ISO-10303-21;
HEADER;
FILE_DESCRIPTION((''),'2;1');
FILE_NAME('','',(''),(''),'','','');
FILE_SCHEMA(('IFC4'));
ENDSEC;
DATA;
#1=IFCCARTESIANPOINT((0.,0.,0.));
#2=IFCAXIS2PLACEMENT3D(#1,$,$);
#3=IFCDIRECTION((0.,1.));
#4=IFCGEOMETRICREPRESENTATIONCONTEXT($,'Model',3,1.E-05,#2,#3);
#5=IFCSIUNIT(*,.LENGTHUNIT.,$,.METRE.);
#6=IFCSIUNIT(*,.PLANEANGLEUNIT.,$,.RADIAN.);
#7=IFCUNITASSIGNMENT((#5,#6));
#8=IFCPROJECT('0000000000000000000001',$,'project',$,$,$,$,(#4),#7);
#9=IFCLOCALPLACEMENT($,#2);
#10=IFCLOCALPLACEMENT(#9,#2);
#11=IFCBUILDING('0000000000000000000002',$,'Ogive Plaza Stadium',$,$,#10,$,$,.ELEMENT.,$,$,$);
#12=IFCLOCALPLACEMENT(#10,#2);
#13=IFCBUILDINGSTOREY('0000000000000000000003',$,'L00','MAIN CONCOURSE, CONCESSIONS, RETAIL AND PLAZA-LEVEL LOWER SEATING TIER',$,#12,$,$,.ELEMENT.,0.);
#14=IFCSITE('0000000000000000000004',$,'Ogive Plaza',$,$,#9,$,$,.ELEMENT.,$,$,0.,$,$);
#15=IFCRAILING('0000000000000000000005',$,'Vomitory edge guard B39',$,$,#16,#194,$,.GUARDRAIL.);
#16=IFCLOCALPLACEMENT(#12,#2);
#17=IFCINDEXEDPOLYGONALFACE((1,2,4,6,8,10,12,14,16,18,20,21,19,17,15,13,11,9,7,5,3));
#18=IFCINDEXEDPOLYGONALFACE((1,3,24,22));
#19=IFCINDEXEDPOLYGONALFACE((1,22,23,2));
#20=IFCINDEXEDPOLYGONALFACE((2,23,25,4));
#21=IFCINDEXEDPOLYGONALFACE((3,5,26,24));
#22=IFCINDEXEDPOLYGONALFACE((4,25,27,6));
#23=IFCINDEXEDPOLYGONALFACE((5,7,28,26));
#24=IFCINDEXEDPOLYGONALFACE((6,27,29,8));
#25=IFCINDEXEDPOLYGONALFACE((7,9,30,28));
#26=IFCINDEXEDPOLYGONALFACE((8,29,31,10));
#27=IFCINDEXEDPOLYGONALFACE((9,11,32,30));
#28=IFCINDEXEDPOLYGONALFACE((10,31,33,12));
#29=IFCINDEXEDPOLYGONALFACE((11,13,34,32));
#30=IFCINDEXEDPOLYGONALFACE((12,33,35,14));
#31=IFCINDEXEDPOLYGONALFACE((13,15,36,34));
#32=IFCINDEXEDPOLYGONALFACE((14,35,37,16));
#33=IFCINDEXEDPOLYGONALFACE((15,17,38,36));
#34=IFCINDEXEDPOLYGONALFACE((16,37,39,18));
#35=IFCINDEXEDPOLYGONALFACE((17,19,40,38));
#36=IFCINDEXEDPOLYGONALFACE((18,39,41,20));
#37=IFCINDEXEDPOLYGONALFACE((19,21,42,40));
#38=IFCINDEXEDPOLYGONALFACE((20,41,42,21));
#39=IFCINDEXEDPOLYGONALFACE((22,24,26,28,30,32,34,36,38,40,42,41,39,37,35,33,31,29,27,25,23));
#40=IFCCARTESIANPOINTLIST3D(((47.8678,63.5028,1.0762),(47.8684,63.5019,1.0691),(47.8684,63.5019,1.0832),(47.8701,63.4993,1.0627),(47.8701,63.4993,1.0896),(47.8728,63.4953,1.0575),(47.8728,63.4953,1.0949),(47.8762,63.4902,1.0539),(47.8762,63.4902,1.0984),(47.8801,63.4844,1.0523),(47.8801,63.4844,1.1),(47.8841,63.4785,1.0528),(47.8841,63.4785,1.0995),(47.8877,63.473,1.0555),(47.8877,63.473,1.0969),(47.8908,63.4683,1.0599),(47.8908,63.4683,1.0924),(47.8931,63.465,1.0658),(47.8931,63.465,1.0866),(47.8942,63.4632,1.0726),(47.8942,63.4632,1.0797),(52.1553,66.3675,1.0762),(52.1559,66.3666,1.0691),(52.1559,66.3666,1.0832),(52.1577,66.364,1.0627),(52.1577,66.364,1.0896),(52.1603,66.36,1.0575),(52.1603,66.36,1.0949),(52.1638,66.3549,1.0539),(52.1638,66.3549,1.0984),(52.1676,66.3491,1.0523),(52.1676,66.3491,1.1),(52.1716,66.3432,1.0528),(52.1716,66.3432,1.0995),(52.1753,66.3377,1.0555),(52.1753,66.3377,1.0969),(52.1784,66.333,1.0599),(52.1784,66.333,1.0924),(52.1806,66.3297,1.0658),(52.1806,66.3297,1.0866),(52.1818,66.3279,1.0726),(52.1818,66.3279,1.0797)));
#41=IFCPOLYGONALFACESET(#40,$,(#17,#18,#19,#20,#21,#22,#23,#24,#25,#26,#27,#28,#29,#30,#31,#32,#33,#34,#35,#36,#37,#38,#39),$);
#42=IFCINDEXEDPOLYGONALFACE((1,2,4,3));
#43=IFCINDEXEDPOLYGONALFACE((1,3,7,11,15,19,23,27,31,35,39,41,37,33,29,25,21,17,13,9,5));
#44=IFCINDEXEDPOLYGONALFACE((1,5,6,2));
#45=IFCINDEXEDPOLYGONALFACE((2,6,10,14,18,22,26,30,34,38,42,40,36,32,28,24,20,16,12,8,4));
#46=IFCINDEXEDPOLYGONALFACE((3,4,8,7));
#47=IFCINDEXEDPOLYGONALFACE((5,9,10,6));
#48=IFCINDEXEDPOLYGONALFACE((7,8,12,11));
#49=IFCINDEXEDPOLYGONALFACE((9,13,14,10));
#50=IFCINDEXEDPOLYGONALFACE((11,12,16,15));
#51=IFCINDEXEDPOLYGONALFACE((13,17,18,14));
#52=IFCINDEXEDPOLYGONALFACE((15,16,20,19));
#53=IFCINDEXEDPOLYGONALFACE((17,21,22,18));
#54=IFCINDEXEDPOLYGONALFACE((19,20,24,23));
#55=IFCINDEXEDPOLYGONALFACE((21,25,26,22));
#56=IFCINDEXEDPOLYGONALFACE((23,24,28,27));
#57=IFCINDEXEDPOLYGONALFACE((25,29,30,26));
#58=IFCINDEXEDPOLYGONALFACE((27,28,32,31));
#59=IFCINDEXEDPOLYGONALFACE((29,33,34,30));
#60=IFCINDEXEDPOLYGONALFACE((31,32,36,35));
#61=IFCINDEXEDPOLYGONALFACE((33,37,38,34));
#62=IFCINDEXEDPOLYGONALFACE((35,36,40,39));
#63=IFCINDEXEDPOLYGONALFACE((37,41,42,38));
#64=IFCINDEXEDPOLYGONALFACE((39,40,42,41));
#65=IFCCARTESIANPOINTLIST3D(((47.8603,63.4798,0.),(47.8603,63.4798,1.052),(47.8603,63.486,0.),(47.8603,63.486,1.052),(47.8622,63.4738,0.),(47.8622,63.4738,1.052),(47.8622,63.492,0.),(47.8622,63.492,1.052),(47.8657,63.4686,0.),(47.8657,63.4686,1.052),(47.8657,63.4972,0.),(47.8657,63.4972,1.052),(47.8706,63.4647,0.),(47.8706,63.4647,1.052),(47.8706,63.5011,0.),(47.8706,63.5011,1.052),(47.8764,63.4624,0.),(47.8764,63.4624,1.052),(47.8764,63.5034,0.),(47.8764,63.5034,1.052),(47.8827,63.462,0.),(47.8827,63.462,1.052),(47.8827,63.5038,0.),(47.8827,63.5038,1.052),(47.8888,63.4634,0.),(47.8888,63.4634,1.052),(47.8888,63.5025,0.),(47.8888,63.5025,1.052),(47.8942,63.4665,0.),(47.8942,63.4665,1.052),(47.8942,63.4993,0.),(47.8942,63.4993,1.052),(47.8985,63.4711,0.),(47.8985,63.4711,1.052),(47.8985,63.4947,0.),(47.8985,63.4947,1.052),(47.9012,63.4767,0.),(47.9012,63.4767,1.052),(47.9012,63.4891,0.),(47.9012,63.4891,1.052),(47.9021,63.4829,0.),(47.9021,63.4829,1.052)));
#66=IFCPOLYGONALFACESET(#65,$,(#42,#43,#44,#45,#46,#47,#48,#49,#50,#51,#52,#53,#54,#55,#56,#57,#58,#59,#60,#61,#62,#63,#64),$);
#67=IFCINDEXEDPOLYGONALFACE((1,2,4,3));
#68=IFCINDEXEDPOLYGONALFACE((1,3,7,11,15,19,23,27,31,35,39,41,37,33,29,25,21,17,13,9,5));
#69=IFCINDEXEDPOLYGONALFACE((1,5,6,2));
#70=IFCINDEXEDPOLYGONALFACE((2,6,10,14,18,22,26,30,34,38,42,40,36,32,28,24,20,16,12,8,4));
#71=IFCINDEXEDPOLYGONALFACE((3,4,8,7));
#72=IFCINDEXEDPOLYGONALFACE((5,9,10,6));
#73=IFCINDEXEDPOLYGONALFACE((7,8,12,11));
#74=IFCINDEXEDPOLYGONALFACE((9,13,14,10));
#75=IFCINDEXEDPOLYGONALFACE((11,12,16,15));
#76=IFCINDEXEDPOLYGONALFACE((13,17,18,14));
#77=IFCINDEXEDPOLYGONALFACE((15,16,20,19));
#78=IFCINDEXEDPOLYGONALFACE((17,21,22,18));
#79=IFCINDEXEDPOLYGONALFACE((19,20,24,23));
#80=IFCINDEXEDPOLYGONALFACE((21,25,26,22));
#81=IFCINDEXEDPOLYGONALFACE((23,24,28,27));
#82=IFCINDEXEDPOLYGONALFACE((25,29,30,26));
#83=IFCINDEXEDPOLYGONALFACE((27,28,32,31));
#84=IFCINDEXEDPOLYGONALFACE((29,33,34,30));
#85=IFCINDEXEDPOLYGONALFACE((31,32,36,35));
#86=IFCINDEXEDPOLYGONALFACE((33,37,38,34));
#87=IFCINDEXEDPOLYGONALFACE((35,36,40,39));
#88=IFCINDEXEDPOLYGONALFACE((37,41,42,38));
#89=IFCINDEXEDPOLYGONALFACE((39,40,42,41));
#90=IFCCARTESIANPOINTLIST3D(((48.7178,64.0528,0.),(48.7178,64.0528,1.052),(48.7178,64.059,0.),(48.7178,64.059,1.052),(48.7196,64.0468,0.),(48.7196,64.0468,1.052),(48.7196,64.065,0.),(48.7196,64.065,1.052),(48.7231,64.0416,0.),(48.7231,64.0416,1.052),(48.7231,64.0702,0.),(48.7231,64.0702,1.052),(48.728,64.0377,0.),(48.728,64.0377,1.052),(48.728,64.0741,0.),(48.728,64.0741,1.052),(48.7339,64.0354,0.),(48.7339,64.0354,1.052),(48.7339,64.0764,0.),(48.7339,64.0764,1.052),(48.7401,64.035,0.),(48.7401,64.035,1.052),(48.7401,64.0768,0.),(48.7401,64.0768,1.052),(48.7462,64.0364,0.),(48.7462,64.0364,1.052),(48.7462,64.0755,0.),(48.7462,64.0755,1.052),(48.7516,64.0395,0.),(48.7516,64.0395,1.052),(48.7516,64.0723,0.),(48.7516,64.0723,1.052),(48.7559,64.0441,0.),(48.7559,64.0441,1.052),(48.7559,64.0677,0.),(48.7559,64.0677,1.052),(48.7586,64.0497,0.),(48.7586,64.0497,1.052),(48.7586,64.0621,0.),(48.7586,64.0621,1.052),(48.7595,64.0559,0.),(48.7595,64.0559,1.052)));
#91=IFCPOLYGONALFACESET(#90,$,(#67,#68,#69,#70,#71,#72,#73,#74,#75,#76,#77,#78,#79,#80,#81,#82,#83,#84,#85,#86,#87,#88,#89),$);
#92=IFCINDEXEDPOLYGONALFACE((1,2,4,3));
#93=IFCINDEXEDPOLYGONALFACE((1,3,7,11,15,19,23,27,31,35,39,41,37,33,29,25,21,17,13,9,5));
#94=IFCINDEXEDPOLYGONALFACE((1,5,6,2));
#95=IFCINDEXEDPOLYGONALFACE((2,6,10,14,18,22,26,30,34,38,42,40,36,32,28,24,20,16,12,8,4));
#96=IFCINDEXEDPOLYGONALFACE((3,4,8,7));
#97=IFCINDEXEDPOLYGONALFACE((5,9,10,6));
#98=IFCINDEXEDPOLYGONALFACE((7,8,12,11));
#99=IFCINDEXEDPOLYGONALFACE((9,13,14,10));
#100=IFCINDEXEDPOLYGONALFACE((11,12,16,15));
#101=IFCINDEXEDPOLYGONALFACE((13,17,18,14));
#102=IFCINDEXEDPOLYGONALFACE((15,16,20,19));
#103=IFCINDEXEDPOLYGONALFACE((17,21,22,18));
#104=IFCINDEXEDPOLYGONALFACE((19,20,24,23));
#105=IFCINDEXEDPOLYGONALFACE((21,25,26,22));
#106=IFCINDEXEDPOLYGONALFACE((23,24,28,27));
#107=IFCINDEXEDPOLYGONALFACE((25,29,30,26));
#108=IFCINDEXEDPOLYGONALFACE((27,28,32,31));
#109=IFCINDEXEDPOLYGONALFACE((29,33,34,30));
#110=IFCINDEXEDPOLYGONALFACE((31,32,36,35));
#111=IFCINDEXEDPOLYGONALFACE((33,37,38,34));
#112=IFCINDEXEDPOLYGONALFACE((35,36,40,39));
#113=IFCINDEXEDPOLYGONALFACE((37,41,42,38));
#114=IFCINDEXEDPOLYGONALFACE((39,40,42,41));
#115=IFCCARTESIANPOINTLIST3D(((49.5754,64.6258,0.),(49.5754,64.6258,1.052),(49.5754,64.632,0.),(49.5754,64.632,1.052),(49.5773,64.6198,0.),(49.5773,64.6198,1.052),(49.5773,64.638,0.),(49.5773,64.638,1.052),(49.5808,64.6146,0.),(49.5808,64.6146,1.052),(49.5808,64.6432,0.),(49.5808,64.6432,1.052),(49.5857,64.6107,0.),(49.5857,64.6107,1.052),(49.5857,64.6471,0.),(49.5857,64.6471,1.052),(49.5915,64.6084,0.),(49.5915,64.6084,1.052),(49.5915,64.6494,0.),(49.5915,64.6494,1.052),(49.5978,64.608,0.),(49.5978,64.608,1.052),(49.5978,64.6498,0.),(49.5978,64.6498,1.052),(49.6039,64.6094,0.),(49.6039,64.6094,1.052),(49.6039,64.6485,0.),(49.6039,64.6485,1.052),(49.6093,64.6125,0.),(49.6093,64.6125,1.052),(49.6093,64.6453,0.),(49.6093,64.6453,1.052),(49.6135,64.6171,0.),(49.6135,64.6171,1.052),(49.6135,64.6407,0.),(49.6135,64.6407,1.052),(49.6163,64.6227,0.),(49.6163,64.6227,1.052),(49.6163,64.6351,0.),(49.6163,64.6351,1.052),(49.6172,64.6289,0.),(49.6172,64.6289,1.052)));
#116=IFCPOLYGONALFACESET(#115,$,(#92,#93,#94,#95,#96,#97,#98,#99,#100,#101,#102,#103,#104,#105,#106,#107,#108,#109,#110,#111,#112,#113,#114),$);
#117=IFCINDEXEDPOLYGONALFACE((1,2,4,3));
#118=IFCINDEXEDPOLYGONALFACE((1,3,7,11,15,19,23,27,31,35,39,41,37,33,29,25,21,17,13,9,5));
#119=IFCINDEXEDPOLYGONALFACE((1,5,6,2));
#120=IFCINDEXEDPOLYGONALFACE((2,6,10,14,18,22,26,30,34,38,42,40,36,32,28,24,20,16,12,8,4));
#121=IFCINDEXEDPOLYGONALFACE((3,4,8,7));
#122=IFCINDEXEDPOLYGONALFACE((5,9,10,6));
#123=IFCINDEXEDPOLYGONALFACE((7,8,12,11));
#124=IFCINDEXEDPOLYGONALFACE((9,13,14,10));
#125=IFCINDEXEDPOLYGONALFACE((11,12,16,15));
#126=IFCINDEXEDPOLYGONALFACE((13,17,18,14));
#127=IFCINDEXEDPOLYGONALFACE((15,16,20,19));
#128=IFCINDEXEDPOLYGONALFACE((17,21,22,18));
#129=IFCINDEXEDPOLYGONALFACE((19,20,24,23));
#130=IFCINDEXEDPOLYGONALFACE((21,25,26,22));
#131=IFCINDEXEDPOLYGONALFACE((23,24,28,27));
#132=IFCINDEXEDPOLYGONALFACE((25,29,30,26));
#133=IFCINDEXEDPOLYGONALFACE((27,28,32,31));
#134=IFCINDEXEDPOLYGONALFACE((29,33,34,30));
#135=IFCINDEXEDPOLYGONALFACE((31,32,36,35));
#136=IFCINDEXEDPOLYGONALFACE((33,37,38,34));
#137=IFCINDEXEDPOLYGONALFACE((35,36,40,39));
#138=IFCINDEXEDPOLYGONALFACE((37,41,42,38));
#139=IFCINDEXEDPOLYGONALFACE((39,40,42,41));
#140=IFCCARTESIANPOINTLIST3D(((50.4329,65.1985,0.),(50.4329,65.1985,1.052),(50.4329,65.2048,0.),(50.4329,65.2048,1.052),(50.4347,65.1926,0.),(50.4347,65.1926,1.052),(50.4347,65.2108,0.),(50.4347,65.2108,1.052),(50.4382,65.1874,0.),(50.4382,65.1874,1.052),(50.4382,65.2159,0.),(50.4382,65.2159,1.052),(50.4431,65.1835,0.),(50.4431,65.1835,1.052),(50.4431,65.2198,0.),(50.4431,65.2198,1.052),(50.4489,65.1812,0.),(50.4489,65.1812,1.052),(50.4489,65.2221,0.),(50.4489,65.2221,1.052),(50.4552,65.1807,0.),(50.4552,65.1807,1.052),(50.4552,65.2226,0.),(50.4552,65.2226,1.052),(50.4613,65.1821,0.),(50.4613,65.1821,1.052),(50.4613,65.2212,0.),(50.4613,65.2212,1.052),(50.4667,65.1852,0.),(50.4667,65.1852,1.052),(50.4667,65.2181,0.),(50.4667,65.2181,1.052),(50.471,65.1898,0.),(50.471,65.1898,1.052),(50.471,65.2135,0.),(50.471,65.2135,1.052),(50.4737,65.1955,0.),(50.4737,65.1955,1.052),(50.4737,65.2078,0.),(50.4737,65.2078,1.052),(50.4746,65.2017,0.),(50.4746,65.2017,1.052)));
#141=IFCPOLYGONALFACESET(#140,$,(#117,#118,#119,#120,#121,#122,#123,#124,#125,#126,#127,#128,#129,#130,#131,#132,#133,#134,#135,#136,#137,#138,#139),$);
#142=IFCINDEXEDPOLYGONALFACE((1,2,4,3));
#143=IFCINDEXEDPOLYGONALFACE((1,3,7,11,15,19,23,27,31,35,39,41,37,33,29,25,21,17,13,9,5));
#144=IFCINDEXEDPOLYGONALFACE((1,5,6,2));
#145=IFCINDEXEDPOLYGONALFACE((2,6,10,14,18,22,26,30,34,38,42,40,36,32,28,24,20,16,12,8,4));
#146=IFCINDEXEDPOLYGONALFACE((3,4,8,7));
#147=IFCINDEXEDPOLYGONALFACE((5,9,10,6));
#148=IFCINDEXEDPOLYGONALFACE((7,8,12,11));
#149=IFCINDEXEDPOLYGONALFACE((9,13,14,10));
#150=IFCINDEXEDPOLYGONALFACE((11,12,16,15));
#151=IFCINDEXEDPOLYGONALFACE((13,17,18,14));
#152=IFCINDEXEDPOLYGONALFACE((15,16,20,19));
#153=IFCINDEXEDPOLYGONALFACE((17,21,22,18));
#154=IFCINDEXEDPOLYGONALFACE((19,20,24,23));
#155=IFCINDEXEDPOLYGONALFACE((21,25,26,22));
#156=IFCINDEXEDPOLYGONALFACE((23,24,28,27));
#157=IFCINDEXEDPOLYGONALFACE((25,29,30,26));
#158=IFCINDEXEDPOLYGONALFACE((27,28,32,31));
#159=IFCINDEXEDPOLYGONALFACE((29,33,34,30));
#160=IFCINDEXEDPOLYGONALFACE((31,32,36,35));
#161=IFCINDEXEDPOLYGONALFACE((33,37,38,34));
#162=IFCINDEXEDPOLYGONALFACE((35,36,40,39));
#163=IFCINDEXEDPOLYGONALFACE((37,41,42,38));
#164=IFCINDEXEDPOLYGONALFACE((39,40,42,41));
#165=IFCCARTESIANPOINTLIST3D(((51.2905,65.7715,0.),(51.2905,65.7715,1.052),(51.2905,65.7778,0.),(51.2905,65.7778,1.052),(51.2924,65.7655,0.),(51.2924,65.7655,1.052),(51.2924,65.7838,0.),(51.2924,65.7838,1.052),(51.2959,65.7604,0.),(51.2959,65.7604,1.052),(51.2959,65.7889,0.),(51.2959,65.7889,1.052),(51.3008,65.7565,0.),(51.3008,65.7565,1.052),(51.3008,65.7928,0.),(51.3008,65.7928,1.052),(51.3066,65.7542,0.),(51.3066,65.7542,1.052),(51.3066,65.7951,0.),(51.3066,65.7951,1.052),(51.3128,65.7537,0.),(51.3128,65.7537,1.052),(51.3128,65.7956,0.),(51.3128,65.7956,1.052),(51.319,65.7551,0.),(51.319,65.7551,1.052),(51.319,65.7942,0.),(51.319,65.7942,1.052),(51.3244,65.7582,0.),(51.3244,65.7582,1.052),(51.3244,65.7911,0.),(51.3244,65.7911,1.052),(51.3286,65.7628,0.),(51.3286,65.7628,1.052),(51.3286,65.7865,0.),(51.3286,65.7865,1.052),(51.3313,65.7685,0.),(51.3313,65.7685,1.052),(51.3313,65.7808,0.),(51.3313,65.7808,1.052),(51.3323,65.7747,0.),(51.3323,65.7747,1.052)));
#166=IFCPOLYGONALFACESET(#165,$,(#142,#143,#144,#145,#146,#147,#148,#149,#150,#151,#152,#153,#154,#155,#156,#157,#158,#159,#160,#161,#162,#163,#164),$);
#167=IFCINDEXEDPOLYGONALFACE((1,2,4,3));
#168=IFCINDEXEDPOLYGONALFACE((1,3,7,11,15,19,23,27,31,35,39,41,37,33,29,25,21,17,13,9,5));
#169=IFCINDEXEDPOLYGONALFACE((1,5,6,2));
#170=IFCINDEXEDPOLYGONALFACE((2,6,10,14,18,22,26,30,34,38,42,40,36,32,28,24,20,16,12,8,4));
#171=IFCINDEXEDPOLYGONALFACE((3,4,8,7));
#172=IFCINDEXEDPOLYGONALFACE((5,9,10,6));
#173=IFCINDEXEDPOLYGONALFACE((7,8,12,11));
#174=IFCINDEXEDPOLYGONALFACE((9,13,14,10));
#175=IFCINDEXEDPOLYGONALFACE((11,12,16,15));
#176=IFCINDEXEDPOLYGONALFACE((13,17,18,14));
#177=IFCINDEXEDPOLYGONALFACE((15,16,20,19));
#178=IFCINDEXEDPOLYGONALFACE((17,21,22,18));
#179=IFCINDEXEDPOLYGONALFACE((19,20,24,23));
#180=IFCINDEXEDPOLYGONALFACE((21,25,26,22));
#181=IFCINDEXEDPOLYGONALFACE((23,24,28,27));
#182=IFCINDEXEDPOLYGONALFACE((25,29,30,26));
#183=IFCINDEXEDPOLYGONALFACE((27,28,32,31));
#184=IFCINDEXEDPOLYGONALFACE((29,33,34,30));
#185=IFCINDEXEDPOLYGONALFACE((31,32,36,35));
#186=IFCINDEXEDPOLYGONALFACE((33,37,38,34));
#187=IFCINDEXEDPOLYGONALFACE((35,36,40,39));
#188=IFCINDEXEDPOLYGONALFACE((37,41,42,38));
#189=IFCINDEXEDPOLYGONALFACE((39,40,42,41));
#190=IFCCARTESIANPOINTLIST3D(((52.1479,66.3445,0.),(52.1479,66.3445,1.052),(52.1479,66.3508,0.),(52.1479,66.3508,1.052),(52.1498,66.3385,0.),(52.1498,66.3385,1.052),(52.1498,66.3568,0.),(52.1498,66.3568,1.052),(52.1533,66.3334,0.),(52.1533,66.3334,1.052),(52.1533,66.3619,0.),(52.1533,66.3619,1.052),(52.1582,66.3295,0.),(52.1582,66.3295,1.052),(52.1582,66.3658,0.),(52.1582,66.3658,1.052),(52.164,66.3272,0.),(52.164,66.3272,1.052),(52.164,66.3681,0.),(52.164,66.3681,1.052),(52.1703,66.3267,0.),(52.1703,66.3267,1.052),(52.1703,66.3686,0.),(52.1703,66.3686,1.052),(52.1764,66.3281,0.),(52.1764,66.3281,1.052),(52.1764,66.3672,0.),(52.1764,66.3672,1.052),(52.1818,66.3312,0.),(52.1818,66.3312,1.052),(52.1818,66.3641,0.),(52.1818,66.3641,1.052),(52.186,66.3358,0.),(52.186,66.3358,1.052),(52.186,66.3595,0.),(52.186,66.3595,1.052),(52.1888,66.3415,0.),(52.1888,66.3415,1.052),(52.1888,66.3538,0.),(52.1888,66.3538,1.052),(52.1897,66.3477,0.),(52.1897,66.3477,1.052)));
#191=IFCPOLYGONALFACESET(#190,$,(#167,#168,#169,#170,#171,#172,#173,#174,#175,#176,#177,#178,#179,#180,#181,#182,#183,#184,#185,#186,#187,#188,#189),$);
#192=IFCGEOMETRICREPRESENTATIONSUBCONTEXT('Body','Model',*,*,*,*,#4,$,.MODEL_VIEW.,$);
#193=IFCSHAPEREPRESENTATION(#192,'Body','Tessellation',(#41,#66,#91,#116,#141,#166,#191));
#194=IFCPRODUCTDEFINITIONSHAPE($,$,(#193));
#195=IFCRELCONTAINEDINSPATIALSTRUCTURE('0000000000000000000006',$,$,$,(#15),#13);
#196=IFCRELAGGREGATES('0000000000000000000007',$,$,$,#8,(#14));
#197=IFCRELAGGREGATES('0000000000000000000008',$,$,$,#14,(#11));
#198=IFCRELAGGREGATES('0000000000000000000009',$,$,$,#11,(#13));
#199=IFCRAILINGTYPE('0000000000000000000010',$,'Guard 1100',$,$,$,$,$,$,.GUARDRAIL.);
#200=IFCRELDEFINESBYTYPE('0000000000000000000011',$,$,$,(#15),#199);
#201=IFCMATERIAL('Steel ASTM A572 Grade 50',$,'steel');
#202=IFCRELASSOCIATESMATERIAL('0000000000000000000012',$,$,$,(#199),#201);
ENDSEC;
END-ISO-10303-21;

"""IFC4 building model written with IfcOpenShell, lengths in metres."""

from ifc_helpers import new_model, si_unit, direction, frame, origin, origin_2d, place, context, subcontext, project, spatial, circle, extrude, material, type_object, element, save


model = new_model("IFC4")

# Units and contexts
model_context = context("Model", 3, precision=1e-05, world=origin(), true_north=direction((0.0, 1.0)))
body_context = subcontext(model_context, "Body", "Model", "MODEL_VIEW")
ifc_project = project(units=[si_unit("LENGTHUNIT", "METRE"), si_unit("PLANEANGLEUNIT", "RADIAN")], contexts=[model_context])

# Site, building, storey
site_placement = place(None, origin())
site = spatial("IfcSite", under=ifc_project, at=site_placement, Name="Ogive Plaza", CompositionType="ELEMENT", RefElevation=0.0)
building_placement = place(site_placement, origin())
building = spatial("IfcBuilding", under=site, at=building_placement, Name="Ogive Plaza Stadium", CompositionType="ELEMENT")
storey_placement = place(building_placement, origin())
storey = spatial("IfcBuildingStorey", under=building, at=storey_placement, Name="L00", Description="MAIN CONCOURSE, CONCESSIONS, RETAIL AND PLAZA-LEVEL LOWER SEATING TIER", CompositionType="ELEMENT", Elevation=0.0)

# Railing
ifc_material_1 = material(Name="Steel ASTM A572 Grade 50", Category="steel")
railing_type = type_object("IfcRailingType", Name="Guard 1100", PredefinedType="GUARDRAIL", material=ifc_material_1)
railing_1_placement = place(storey_placement, frame((47.8811, 63.4829, 0.0)))
element("IfcRailing", 1, at=railing_1_placement, inside=storey, type_object=railing_type, Name="Vomitory edge guard B39", PredefinedType="GUARDRAIL", context=body_context, shape_type="SweptSolid", body=[
    extrude(circle(Radius=0.0239, at=origin_2d()), frame((0.0, 0.0, 1.0762), z_axis=(0.831482, 0.555552, 0.0), x_axis=(-0.555552, 0.831482, 0.0)), (0.0, 0.0, 1.0), 5.1565),
    extrude(circle(Radius=0.021, at=origin_2d()), origin(), (0.0, 0.0, 1.0), 1.052),
    extrude(circle(Radius=0.021, at=origin_2d()), frame((0.8574, 0.573, 0.0)), (0.0, 0.0, 1.0), 1.052),
    extrude(circle(Radius=0.021, at=origin_2d()), frame((1.7151, 1.146, 0.0)), (0.0, 0.0, 1.0), 1.052),
    extrude(circle(Radius=0.021, at=origin_2d()), frame((2.5725, 1.7188, 0.0)), (0.0, 0.0, 1.0), 1.052),
    extrude(circle(Radius=0.021, at=origin_2d()), frame((3.4302, 2.2917, 0.0)), (0.0, 0.0, 1.0), 1.052),
    extrude(circle(Radius=0.021, at=origin_2d()), frame((4.2876, 2.8647, 0.0)), (0.0, 0.0, 1.0), 1.052),
])

save(model, "model.ifc")
